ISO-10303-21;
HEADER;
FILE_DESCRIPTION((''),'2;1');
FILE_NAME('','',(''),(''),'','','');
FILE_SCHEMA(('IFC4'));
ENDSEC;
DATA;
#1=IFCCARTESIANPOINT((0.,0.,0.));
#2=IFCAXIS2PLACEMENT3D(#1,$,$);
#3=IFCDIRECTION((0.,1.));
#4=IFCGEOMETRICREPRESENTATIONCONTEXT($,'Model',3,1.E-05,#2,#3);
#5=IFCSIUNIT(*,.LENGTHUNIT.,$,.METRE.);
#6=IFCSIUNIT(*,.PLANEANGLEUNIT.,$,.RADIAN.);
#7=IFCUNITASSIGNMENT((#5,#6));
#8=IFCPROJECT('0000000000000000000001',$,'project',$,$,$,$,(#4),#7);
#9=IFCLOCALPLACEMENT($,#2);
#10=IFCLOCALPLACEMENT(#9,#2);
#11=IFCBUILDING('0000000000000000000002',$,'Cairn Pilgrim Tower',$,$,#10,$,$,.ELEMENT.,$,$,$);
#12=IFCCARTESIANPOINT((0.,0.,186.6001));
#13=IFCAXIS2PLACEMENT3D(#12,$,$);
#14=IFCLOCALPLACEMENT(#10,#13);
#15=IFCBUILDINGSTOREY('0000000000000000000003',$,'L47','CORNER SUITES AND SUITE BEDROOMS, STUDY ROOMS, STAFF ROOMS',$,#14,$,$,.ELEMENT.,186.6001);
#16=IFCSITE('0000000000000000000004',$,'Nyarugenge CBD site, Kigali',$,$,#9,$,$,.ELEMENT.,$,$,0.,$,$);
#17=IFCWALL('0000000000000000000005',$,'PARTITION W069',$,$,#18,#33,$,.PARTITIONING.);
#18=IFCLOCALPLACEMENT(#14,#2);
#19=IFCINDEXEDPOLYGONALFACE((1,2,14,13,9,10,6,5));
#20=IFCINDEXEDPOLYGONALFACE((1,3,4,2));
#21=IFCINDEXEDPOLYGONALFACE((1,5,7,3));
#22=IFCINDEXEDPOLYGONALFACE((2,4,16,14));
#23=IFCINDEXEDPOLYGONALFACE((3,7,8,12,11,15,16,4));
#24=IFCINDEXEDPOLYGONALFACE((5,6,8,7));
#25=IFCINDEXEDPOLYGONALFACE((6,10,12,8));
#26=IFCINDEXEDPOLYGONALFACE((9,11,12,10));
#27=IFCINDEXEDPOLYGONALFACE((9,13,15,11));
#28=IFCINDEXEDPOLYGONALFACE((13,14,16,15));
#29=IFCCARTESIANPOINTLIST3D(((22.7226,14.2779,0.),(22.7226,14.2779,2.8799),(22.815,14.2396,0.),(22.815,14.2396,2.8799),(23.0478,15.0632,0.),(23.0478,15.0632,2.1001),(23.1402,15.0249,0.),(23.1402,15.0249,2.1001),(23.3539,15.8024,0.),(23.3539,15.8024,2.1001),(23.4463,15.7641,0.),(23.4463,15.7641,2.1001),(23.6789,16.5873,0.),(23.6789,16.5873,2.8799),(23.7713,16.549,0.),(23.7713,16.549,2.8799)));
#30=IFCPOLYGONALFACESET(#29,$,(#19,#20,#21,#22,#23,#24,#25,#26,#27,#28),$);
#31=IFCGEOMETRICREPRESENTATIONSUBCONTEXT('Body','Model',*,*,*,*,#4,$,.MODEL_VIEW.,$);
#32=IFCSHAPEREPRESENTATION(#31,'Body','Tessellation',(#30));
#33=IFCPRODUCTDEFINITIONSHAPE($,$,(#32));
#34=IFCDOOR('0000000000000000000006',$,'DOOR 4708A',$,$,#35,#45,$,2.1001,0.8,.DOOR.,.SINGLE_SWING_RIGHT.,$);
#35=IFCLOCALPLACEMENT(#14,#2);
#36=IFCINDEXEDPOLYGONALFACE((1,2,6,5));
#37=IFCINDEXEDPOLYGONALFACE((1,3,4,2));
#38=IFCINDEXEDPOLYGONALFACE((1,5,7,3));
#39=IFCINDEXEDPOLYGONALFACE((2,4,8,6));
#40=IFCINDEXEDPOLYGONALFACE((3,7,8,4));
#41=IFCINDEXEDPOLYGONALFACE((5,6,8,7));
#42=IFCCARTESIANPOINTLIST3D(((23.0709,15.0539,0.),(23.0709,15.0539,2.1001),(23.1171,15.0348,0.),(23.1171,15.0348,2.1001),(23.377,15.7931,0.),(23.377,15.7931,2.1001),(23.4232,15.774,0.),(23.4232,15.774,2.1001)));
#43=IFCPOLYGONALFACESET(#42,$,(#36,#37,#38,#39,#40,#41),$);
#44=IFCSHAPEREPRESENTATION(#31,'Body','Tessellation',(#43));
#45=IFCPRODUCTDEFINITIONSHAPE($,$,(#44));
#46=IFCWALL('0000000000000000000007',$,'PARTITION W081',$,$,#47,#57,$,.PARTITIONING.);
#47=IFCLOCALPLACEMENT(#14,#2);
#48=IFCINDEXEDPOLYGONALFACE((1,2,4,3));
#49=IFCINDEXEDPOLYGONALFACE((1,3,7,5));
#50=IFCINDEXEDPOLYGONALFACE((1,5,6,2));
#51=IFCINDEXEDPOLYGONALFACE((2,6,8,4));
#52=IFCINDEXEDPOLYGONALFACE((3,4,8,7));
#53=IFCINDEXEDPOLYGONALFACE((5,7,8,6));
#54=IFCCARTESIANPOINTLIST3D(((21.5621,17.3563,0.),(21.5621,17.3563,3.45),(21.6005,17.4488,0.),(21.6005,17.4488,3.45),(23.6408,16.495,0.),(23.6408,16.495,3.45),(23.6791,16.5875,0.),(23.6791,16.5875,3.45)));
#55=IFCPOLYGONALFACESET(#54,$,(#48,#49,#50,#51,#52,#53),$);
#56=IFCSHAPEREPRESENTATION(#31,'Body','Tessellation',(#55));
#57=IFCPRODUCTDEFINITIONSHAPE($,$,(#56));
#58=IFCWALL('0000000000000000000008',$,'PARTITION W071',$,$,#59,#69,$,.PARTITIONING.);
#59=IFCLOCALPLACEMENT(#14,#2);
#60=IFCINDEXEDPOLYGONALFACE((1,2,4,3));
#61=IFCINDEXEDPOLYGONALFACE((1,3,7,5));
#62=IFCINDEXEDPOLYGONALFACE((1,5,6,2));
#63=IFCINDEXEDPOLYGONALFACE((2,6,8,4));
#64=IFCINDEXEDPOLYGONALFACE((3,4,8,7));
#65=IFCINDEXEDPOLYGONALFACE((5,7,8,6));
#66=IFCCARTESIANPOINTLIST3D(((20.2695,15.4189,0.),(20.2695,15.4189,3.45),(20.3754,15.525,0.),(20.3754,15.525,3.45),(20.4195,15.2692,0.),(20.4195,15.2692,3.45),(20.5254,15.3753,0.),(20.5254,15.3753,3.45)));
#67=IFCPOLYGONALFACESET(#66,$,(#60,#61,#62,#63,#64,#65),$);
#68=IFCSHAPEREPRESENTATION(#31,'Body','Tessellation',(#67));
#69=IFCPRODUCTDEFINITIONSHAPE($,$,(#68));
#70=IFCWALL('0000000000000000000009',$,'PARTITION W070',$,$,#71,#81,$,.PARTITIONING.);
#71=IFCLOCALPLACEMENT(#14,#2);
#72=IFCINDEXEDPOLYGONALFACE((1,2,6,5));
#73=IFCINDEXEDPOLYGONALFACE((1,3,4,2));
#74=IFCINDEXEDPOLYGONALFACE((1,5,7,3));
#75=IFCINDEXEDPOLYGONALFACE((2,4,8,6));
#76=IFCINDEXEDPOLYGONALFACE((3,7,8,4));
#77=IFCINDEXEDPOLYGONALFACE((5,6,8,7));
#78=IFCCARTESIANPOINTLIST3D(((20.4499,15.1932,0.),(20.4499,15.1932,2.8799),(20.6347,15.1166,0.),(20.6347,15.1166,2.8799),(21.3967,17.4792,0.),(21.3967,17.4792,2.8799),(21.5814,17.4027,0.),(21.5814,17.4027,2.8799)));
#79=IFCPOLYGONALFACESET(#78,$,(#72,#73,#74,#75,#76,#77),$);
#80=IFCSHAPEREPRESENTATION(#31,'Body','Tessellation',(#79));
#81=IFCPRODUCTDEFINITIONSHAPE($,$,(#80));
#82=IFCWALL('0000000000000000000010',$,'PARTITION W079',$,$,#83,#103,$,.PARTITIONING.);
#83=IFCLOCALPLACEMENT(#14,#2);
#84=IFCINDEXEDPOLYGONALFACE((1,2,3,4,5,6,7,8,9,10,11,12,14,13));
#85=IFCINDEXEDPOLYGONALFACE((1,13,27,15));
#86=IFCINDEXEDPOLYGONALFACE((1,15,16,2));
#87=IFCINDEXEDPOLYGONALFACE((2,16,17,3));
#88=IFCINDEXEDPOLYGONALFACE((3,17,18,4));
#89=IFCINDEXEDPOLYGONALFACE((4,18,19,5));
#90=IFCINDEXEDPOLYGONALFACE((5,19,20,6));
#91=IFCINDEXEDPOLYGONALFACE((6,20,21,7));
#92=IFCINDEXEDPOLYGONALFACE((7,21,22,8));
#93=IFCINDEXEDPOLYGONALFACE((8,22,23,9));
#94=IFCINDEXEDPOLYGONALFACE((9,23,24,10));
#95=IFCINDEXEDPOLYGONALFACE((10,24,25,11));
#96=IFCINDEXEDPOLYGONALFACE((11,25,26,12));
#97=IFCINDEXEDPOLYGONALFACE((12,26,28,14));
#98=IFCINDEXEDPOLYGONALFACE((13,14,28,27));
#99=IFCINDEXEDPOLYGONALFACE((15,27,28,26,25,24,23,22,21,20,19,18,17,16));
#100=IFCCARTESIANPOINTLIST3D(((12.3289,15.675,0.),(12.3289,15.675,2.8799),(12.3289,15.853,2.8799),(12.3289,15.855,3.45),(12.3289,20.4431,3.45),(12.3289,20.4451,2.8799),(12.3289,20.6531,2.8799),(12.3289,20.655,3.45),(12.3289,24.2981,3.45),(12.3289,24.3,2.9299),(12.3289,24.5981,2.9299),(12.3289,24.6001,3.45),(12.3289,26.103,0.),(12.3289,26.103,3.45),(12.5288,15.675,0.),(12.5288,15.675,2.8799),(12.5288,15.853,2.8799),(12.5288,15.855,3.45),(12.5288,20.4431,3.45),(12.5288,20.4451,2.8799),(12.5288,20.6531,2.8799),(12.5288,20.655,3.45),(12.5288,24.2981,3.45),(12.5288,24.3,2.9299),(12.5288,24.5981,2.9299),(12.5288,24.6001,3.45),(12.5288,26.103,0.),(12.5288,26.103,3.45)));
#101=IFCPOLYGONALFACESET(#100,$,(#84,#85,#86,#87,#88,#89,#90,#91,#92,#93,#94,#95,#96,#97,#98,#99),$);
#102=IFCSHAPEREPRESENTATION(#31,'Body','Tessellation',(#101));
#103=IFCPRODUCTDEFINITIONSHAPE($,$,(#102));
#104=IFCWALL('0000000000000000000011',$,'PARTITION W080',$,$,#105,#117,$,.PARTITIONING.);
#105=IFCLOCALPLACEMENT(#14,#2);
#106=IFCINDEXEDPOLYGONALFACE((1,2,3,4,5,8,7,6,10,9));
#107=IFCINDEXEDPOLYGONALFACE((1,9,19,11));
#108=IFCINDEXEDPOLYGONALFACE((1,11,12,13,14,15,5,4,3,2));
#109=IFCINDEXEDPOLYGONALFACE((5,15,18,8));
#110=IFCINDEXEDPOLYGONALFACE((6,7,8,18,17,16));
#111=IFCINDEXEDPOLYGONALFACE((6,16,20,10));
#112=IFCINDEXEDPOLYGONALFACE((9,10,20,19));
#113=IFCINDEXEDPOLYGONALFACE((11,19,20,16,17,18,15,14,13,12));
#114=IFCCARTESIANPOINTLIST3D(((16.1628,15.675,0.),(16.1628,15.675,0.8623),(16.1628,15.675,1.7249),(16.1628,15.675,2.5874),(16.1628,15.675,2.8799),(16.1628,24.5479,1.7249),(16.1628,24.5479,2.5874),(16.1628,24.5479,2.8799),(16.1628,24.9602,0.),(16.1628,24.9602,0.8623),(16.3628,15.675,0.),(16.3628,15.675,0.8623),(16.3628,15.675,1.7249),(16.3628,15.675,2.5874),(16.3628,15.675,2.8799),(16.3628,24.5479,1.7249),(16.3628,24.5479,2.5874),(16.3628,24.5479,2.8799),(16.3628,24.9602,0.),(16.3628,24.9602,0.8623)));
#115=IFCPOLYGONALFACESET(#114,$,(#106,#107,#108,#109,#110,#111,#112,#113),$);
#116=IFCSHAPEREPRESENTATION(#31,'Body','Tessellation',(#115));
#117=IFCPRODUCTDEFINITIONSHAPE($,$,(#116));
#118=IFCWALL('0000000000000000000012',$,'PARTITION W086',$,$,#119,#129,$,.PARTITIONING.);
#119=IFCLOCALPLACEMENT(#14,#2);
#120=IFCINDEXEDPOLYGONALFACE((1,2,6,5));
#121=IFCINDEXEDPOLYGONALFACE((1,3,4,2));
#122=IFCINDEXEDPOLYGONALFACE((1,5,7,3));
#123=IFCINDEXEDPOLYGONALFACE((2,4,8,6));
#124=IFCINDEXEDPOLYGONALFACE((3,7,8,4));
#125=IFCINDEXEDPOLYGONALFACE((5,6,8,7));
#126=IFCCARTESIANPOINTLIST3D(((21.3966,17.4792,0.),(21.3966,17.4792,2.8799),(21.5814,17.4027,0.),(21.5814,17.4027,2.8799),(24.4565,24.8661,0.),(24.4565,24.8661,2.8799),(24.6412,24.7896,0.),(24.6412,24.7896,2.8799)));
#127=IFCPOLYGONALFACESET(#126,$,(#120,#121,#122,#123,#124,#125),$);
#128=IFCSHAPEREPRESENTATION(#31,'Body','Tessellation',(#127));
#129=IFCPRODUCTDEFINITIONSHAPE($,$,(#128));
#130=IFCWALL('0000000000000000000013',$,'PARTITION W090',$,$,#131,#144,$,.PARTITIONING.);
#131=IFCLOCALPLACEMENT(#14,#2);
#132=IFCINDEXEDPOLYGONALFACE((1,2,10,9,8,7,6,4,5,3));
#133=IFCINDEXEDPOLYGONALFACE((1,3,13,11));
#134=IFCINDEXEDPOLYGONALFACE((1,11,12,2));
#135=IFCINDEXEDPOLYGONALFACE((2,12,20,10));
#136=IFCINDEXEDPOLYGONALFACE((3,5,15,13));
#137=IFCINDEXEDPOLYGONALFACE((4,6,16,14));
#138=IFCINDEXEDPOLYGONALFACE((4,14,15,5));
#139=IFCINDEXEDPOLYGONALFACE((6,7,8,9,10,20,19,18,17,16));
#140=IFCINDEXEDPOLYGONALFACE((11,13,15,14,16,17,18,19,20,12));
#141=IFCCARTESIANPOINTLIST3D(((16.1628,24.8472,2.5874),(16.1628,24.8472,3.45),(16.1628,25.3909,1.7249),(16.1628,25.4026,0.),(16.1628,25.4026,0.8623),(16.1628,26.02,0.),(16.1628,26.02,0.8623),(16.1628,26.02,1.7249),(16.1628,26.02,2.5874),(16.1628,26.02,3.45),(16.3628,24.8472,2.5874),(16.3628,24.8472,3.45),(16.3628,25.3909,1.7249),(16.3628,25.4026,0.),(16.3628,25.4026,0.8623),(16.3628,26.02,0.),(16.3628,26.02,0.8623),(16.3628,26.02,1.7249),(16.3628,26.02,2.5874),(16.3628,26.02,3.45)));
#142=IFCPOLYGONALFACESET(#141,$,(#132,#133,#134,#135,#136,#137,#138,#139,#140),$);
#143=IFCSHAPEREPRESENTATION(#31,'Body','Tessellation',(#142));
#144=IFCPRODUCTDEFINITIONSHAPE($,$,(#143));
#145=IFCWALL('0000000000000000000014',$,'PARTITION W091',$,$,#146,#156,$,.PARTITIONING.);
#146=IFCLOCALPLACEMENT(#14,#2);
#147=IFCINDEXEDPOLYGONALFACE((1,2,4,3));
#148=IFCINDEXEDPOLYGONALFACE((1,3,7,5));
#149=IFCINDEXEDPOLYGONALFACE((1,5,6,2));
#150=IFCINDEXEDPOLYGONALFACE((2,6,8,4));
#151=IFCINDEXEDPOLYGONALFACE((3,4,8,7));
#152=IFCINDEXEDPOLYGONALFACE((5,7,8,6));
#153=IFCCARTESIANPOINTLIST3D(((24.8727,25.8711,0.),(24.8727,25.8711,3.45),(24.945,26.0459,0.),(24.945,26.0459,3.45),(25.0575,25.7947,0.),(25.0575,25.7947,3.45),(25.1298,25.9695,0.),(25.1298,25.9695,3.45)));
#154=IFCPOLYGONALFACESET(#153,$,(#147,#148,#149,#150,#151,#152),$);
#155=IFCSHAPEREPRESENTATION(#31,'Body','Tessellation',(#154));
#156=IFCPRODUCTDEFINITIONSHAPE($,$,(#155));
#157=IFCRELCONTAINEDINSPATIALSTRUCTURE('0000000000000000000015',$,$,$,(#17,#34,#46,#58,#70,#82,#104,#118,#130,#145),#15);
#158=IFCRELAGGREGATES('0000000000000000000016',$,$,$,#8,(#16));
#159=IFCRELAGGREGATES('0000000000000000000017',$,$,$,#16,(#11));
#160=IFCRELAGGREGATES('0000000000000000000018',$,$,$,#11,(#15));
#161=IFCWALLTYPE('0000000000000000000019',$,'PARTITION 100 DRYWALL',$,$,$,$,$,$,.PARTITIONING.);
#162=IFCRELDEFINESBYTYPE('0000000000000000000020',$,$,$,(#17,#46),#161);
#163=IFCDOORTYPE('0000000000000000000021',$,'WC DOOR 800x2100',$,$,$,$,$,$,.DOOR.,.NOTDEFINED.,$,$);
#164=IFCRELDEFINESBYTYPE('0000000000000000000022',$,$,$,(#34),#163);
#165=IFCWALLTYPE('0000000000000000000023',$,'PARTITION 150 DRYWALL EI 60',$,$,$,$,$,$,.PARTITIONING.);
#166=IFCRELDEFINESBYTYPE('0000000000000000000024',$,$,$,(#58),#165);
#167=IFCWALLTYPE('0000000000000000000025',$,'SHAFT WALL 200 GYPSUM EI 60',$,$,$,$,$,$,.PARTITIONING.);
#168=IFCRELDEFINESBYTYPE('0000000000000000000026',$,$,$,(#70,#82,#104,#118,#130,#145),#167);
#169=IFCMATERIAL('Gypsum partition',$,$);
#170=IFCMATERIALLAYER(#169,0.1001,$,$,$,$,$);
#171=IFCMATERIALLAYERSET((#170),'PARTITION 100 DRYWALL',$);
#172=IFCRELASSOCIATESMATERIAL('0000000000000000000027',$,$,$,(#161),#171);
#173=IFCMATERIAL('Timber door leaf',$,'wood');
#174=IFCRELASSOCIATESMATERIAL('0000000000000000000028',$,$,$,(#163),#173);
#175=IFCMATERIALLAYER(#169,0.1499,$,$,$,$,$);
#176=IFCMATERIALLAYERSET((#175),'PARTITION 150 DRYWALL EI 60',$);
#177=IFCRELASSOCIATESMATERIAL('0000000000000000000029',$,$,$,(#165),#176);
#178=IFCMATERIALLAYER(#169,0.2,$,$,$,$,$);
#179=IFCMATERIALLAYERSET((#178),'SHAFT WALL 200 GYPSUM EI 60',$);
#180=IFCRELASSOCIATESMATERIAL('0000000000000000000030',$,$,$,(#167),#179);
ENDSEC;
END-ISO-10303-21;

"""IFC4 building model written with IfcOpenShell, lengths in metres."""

from ifc_helpers import new_model, si_unit, direction, frame, frame_2d, origin, place, context, subcontext, project, spatial, polyline, rectangle, outline, extrude, material, layer, layer_set, type_object, element, fill, save


model = new_model("IFC4")

# Units and contexts
model_context = context("Model", 3, precision=1e-05, world=origin(), true_north=direction((0.0, 1.0)))
body_context = subcontext(model_context, "Body", "Model", "MODEL_VIEW")
ifc_project = project(units=[si_unit("LENGTHUNIT", "METRE"), si_unit("PLANEANGLEUNIT", "RADIAN")], contexts=[model_context])

# Site, building, storey
site_placement = place(None, origin())
site = spatial("IfcSite", under=ifc_project, at=site_placement, Name="Nyarugenge CBD site, Kigali", CompositionType="ELEMENT", RefElevation=0.0)
building_placement = place(site_placement, origin())
building = spatial("IfcBuilding", under=site, at=building_placement, Name="Cairn Pilgrim Tower", CompositionType="ELEMENT")
storey_placement = place(building_placement, frame((0.0, 0.0, 186.6001)))
storey = spatial("IfcBuildingStorey", under=building, at=storey_placement, Name="L47", Description="CORNER SUITES AND SUITE BEDROOMS, STUDY ROOMS, STAFF ROOMS", CompositionType="ELEMENT", Elevation=186.6001)

# Shared definitions
ifc_material_1 = material(Name="Gypsum partition")
ifc_layer_1 = layer(ifc_material_1, 0.1001)
ifc_layer_set_1 = layer_set([ifc_layer_1], Name="PARTITION 100 DRYWALL")
wall_type_1 = type_object("IfcWallType", Name="PARTITION 100 DRYWALL", PredefinedType="PARTITIONING", material=ifc_layer_set_1)

# Wall, opening, door
wall_1_placement = place(storey_placement, frame((22.7688, 14.2588, 0.0), z_axis=(0.0, 0.0, 1.0), x_axis=(0.382596, 0.923916, 0.0)))
wall_1 = element("IfcWall", 1, at=wall_1_placement, inside=storey, type_object=wall_type_1, Name="PARTITION W069", PredefinedType="PARTITIONING", context=body_context, shape_type="SweptSolid", body=[
    extrude(rectangle(XDim=2.4995, YDim=0.1001, at=frame_2d((1.2498, 0.0))), origin(), (0.0, 0.0, 1.0), 2.8799),
])
opening_1_placement = place(wall_1_placement, frame((0.8501, 0.0, 0.0)))
opening_1 = element("IfcOpeningElement", 2, at=opening_1_placement, cuts=wall_1, PredefinedType="OPENING", context=body_context, shape_type="SweptSolid", body=[
    extrude(rectangle(XDim=0.8, YDim=2.1001, at=frame_2d((0.3999, 1.05))), frame((0.0, 0.0601, 0.0), z_axis=(0.0, -1.0, 0.0), x_axis=(1.0, 0.0, 0.0)), (0.0, 0.0, 1.0), 0.1201),
])
ifc_material_2 = material(Name="Timber door leaf", Category="wood")
door_type_1 = type_object("IfcDoorType", Name="WC DOOR 800x2100", OperationType="NOTDEFINED", PredefinedType="DOOR", material=ifc_material_2)
door_1_placement = place(opening_1_placement, frame((0.8, 0.0, 0.0), z_axis=(0.0, 0.0, 1.0), x_axis=(-1.0, 0.0, 0.0)))
door_1 = element("IfcDoor", 3, at=door_1_placement, inside=storey, type_object=door_type_1, Name="DOOR 4708A", OperationType="SINGLE_SWING_RIGHT", OverallHeight=2.1001, OverallWidth=0.8, PredefinedType="DOOR", context=body_context, shape_type="SweptSolid", body=[
    extrude(rectangle(XDim=0.8, YDim=2.1001, at=frame_2d((0.3999, 1.05))), frame((0.0, 0.0249, 0.0), z_axis=(0.0, -1.0, 0.0), x_axis=(1.0, 0.0, 0.0)), (0.0, 0.0, 1.0), 0.05),
])
fill(opening_1, door_1)

# Walls
wall_2_placement = place(storey_placement, frame((23.6599, 16.5413, 0.0), z_axis=(0.0, 0.0, 1.0), x_axis=(-0.923826, 0.382812, 0.0)))
element("IfcWall", 4, at=wall_2_placement, inside=storey, type_object=wall_type_1, Name="PARTITION W081", PredefinedType="PARTITIONING", context=body_context, shape_type="SweptSolid", body=[
    extrude(rectangle(XDim=2.25, YDim=0.1001, at=frame_2d((1.125, 0.0))), origin(), (0.0, 0.0, 1.0), 3.45),
])
ifc_layer_2 = layer(ifc_material_1, 0.1499)
ifc_layer_set_2 = layer_set([ifc_layer_2], Name="PARTITION 150 DRYWALL EI 60")
wall_type_2 = type_object("IfcWallType", Name="PARTITION 150 DRYWALL EI 60", PredefinedType="PARTITIONING", material=ifc_layer_set_2)
wall_3_placement = place(storey_placement, frame((20.4724, 15.3223, 0.0), z_axis=(0.0, 0.0, 1.0), x_axis=(-0.707683, 0.70653, 0.0)))
element("IfcWall", 5, at=wall_3_placement, inside=storey, type_object=wall_type_2, Name="PARTITION W071", PredefinedType="PARTITIONING", context=body_context, shape_type="SweptSolid", body=[
    extrude(rectangle(XDim=0.2119, YDim=0.1499, at=frame_2d((0.106, 0.0))), origin(), (0.0, 0.0, 1.0), 3.45),
])
ifc_layer_3 = layer(ifc_material_1, 0.2)
ifc_layer_set_3 = layer_set([ifc_layer_3], Name="SHAFT WALL 200 GYPSUM EI 60")
wall_type_3 = type_object("IfcWallType", Name="SHAFT WALL 200 GYPSUM EI 60", PredefinedType="PARTITIONING", material=ifc_layer_set_3)
wall_4_placement = place(storey_placement, frame((20.5422, 15.1548, 0.0), z_axis=(0.0, 0.0, 1.0), x_axis=(0.382625, 0.923904, 0.0)))
element("IfcWall", 6, at=wall_4_placement, inside=storey, type_object=wall_type_3, Name="PARTITION W070", PredefinedType="PARTITIONING", context=body_context, shape_type="SweptSolid", body=[
    extrude(rectangle(XDim=2.4744, YDim=0.2, at=frame_2d((1.2373, 0.0))), origin(), (0.0, 0.0, 1.0), 2.8799),
])
wall_5_placement = place(storey_placement, frame((12.429, 15.675, 0.0), z_axis=(0.0, 0.0, 1.0), x_axis=(0.0, 1.0, 0.0)))
element("IfcWall", 7, at=wall_5_placement, inside=storey, type_object=wall_type_3, Name="PARTITION W079", PredefinedType="PARTITIONING", context=body_context, shape_type="SweptSolid", body=[
    extrude(outline(polyline([(0.0, 0.0), (10.428, 0.0), (10.428, 3.45), (8.925, 3.45), (8.9231, 2.9299), (8.625, 2.9299), (8.623, 3.45), (4.98, 3.45), (4.978, 2.8799), (4.77, 2.8799), (4.7681, 3.45), (0.1799, 3.45), (0.178, 2.8799), (0.0, 2.8799), (0.0, 0.0)])), frame((0.0, 0.1001, 0.0), z_axis=(0.0, -1.0, 0.0), x_axis=(1.0, 0.0, 0.0)), (0.0, 0.0, 1.0), 0.2),
])
wall_6_placement = place(storey_placement, frame((16.2629, 15.675, 0.0), z_axis=(0.0, 0.0, 1.0), x_axis=(0.0, 1.0, 0.0)))
element("IfcWall", 8, at=wall_6_placement, inside=storey, type_object=wall_type_3, Name="PARTITION W080", PredefinedType="PARTITIONING", context=body_context, shape_type="SweptSolid", body=[
    extrude(outline(polyline([(0.0, 0.0), (9.2852, 0.0), (9.2852, 0.8623), (8.8728, 1.7249), (8.8728, 2.5874), (8.8728, 2.8799), (0.0, 2.8799), (0.0, 2.5874), (0.0, 1.7249), (0.0, 0.8623), (0.0, 0.0)])), frame((0.0, 0.1001, 0.0), z_axis=(0.0, -1.0, 0.0), x_axis=(1.0, 0.0, 0.0)), (0.0, 0.0, 1.0), 0.2),
])
wall_7_placement = place(storey_placement, frame((21.489, 17.4409, 0.0), z_axis=(0.0, 0.0, 1.0), x_axis=(0.382687, 0.923878, 0.0)))
element("IfcWall", 9, at=wall_7_placement, inside=storey, type_object=wall_type_3, Name="PARTITION W086", PredefinedType="PARTITIONING", context=body_context, shape_type="SweptSolid", body=[
    extrude(rectangle(XDim=7.9956, YDim=0.2, at=frame_2d((3.9978, 0.0))), origin(), (0.0, 0.0, 1.0), 2.8799),
])
wall_8_placement = place(storey_placement, frame((16.2629, 24.8472, 0.0), z_axis=(0.0, 0.0, 1.0), x_axis=(0.0, 1.0, 0.0)))
element("IfcWall", 10, at=wall_8_placement, inside=storey, type_object=wall_type_3, Name="PARTITION W090", PredefinedType="PARTITIONING", context=body_context, shape_type="SweptSolid", body=[
    extrude(outline(polyline([(0.5554, 0.0), (1.1729, 0.0), (1.1729, 0.8623), (1.1729, 1.7249), (1.1729, 2.5874), (1.1729, 3.45), (0.0, 3.45), (0.0, 2.5874), (0.5437, 1.7249), (0.5554, 0.8623), (0.5554, 0.0)])), frame((0.0, 0.1001, 0.0), z_axis=(0.0, -1.0, 0.0), x_axis=(1.0, 0.0, 0.0)), (0.0, 0.0, 1.0), 0.2),
])
wall_9_placement = place(storey_placement, frame((24.9651, 25.8328, 0.0), z_axis=(0.0, 0.0, 1.0), x_axis=(0.382048, 0.924143, 0.0)))
element("IfcWall", 11, at=wall_9_placement, inside=storey, type_object=wall_type_3, Name="PARTITION W091", PredefinedType="PARTITIONING", context=body_context, shape_type="SweptSolid", body=[
    extrude(rectangle(XDim=0.1892, YDim=0.2, at=frame_2d((0.0947, 0.0))), origin(), (0.0, 0.0, 1.0), 3.45),
])

save(model, "model.ifc")
